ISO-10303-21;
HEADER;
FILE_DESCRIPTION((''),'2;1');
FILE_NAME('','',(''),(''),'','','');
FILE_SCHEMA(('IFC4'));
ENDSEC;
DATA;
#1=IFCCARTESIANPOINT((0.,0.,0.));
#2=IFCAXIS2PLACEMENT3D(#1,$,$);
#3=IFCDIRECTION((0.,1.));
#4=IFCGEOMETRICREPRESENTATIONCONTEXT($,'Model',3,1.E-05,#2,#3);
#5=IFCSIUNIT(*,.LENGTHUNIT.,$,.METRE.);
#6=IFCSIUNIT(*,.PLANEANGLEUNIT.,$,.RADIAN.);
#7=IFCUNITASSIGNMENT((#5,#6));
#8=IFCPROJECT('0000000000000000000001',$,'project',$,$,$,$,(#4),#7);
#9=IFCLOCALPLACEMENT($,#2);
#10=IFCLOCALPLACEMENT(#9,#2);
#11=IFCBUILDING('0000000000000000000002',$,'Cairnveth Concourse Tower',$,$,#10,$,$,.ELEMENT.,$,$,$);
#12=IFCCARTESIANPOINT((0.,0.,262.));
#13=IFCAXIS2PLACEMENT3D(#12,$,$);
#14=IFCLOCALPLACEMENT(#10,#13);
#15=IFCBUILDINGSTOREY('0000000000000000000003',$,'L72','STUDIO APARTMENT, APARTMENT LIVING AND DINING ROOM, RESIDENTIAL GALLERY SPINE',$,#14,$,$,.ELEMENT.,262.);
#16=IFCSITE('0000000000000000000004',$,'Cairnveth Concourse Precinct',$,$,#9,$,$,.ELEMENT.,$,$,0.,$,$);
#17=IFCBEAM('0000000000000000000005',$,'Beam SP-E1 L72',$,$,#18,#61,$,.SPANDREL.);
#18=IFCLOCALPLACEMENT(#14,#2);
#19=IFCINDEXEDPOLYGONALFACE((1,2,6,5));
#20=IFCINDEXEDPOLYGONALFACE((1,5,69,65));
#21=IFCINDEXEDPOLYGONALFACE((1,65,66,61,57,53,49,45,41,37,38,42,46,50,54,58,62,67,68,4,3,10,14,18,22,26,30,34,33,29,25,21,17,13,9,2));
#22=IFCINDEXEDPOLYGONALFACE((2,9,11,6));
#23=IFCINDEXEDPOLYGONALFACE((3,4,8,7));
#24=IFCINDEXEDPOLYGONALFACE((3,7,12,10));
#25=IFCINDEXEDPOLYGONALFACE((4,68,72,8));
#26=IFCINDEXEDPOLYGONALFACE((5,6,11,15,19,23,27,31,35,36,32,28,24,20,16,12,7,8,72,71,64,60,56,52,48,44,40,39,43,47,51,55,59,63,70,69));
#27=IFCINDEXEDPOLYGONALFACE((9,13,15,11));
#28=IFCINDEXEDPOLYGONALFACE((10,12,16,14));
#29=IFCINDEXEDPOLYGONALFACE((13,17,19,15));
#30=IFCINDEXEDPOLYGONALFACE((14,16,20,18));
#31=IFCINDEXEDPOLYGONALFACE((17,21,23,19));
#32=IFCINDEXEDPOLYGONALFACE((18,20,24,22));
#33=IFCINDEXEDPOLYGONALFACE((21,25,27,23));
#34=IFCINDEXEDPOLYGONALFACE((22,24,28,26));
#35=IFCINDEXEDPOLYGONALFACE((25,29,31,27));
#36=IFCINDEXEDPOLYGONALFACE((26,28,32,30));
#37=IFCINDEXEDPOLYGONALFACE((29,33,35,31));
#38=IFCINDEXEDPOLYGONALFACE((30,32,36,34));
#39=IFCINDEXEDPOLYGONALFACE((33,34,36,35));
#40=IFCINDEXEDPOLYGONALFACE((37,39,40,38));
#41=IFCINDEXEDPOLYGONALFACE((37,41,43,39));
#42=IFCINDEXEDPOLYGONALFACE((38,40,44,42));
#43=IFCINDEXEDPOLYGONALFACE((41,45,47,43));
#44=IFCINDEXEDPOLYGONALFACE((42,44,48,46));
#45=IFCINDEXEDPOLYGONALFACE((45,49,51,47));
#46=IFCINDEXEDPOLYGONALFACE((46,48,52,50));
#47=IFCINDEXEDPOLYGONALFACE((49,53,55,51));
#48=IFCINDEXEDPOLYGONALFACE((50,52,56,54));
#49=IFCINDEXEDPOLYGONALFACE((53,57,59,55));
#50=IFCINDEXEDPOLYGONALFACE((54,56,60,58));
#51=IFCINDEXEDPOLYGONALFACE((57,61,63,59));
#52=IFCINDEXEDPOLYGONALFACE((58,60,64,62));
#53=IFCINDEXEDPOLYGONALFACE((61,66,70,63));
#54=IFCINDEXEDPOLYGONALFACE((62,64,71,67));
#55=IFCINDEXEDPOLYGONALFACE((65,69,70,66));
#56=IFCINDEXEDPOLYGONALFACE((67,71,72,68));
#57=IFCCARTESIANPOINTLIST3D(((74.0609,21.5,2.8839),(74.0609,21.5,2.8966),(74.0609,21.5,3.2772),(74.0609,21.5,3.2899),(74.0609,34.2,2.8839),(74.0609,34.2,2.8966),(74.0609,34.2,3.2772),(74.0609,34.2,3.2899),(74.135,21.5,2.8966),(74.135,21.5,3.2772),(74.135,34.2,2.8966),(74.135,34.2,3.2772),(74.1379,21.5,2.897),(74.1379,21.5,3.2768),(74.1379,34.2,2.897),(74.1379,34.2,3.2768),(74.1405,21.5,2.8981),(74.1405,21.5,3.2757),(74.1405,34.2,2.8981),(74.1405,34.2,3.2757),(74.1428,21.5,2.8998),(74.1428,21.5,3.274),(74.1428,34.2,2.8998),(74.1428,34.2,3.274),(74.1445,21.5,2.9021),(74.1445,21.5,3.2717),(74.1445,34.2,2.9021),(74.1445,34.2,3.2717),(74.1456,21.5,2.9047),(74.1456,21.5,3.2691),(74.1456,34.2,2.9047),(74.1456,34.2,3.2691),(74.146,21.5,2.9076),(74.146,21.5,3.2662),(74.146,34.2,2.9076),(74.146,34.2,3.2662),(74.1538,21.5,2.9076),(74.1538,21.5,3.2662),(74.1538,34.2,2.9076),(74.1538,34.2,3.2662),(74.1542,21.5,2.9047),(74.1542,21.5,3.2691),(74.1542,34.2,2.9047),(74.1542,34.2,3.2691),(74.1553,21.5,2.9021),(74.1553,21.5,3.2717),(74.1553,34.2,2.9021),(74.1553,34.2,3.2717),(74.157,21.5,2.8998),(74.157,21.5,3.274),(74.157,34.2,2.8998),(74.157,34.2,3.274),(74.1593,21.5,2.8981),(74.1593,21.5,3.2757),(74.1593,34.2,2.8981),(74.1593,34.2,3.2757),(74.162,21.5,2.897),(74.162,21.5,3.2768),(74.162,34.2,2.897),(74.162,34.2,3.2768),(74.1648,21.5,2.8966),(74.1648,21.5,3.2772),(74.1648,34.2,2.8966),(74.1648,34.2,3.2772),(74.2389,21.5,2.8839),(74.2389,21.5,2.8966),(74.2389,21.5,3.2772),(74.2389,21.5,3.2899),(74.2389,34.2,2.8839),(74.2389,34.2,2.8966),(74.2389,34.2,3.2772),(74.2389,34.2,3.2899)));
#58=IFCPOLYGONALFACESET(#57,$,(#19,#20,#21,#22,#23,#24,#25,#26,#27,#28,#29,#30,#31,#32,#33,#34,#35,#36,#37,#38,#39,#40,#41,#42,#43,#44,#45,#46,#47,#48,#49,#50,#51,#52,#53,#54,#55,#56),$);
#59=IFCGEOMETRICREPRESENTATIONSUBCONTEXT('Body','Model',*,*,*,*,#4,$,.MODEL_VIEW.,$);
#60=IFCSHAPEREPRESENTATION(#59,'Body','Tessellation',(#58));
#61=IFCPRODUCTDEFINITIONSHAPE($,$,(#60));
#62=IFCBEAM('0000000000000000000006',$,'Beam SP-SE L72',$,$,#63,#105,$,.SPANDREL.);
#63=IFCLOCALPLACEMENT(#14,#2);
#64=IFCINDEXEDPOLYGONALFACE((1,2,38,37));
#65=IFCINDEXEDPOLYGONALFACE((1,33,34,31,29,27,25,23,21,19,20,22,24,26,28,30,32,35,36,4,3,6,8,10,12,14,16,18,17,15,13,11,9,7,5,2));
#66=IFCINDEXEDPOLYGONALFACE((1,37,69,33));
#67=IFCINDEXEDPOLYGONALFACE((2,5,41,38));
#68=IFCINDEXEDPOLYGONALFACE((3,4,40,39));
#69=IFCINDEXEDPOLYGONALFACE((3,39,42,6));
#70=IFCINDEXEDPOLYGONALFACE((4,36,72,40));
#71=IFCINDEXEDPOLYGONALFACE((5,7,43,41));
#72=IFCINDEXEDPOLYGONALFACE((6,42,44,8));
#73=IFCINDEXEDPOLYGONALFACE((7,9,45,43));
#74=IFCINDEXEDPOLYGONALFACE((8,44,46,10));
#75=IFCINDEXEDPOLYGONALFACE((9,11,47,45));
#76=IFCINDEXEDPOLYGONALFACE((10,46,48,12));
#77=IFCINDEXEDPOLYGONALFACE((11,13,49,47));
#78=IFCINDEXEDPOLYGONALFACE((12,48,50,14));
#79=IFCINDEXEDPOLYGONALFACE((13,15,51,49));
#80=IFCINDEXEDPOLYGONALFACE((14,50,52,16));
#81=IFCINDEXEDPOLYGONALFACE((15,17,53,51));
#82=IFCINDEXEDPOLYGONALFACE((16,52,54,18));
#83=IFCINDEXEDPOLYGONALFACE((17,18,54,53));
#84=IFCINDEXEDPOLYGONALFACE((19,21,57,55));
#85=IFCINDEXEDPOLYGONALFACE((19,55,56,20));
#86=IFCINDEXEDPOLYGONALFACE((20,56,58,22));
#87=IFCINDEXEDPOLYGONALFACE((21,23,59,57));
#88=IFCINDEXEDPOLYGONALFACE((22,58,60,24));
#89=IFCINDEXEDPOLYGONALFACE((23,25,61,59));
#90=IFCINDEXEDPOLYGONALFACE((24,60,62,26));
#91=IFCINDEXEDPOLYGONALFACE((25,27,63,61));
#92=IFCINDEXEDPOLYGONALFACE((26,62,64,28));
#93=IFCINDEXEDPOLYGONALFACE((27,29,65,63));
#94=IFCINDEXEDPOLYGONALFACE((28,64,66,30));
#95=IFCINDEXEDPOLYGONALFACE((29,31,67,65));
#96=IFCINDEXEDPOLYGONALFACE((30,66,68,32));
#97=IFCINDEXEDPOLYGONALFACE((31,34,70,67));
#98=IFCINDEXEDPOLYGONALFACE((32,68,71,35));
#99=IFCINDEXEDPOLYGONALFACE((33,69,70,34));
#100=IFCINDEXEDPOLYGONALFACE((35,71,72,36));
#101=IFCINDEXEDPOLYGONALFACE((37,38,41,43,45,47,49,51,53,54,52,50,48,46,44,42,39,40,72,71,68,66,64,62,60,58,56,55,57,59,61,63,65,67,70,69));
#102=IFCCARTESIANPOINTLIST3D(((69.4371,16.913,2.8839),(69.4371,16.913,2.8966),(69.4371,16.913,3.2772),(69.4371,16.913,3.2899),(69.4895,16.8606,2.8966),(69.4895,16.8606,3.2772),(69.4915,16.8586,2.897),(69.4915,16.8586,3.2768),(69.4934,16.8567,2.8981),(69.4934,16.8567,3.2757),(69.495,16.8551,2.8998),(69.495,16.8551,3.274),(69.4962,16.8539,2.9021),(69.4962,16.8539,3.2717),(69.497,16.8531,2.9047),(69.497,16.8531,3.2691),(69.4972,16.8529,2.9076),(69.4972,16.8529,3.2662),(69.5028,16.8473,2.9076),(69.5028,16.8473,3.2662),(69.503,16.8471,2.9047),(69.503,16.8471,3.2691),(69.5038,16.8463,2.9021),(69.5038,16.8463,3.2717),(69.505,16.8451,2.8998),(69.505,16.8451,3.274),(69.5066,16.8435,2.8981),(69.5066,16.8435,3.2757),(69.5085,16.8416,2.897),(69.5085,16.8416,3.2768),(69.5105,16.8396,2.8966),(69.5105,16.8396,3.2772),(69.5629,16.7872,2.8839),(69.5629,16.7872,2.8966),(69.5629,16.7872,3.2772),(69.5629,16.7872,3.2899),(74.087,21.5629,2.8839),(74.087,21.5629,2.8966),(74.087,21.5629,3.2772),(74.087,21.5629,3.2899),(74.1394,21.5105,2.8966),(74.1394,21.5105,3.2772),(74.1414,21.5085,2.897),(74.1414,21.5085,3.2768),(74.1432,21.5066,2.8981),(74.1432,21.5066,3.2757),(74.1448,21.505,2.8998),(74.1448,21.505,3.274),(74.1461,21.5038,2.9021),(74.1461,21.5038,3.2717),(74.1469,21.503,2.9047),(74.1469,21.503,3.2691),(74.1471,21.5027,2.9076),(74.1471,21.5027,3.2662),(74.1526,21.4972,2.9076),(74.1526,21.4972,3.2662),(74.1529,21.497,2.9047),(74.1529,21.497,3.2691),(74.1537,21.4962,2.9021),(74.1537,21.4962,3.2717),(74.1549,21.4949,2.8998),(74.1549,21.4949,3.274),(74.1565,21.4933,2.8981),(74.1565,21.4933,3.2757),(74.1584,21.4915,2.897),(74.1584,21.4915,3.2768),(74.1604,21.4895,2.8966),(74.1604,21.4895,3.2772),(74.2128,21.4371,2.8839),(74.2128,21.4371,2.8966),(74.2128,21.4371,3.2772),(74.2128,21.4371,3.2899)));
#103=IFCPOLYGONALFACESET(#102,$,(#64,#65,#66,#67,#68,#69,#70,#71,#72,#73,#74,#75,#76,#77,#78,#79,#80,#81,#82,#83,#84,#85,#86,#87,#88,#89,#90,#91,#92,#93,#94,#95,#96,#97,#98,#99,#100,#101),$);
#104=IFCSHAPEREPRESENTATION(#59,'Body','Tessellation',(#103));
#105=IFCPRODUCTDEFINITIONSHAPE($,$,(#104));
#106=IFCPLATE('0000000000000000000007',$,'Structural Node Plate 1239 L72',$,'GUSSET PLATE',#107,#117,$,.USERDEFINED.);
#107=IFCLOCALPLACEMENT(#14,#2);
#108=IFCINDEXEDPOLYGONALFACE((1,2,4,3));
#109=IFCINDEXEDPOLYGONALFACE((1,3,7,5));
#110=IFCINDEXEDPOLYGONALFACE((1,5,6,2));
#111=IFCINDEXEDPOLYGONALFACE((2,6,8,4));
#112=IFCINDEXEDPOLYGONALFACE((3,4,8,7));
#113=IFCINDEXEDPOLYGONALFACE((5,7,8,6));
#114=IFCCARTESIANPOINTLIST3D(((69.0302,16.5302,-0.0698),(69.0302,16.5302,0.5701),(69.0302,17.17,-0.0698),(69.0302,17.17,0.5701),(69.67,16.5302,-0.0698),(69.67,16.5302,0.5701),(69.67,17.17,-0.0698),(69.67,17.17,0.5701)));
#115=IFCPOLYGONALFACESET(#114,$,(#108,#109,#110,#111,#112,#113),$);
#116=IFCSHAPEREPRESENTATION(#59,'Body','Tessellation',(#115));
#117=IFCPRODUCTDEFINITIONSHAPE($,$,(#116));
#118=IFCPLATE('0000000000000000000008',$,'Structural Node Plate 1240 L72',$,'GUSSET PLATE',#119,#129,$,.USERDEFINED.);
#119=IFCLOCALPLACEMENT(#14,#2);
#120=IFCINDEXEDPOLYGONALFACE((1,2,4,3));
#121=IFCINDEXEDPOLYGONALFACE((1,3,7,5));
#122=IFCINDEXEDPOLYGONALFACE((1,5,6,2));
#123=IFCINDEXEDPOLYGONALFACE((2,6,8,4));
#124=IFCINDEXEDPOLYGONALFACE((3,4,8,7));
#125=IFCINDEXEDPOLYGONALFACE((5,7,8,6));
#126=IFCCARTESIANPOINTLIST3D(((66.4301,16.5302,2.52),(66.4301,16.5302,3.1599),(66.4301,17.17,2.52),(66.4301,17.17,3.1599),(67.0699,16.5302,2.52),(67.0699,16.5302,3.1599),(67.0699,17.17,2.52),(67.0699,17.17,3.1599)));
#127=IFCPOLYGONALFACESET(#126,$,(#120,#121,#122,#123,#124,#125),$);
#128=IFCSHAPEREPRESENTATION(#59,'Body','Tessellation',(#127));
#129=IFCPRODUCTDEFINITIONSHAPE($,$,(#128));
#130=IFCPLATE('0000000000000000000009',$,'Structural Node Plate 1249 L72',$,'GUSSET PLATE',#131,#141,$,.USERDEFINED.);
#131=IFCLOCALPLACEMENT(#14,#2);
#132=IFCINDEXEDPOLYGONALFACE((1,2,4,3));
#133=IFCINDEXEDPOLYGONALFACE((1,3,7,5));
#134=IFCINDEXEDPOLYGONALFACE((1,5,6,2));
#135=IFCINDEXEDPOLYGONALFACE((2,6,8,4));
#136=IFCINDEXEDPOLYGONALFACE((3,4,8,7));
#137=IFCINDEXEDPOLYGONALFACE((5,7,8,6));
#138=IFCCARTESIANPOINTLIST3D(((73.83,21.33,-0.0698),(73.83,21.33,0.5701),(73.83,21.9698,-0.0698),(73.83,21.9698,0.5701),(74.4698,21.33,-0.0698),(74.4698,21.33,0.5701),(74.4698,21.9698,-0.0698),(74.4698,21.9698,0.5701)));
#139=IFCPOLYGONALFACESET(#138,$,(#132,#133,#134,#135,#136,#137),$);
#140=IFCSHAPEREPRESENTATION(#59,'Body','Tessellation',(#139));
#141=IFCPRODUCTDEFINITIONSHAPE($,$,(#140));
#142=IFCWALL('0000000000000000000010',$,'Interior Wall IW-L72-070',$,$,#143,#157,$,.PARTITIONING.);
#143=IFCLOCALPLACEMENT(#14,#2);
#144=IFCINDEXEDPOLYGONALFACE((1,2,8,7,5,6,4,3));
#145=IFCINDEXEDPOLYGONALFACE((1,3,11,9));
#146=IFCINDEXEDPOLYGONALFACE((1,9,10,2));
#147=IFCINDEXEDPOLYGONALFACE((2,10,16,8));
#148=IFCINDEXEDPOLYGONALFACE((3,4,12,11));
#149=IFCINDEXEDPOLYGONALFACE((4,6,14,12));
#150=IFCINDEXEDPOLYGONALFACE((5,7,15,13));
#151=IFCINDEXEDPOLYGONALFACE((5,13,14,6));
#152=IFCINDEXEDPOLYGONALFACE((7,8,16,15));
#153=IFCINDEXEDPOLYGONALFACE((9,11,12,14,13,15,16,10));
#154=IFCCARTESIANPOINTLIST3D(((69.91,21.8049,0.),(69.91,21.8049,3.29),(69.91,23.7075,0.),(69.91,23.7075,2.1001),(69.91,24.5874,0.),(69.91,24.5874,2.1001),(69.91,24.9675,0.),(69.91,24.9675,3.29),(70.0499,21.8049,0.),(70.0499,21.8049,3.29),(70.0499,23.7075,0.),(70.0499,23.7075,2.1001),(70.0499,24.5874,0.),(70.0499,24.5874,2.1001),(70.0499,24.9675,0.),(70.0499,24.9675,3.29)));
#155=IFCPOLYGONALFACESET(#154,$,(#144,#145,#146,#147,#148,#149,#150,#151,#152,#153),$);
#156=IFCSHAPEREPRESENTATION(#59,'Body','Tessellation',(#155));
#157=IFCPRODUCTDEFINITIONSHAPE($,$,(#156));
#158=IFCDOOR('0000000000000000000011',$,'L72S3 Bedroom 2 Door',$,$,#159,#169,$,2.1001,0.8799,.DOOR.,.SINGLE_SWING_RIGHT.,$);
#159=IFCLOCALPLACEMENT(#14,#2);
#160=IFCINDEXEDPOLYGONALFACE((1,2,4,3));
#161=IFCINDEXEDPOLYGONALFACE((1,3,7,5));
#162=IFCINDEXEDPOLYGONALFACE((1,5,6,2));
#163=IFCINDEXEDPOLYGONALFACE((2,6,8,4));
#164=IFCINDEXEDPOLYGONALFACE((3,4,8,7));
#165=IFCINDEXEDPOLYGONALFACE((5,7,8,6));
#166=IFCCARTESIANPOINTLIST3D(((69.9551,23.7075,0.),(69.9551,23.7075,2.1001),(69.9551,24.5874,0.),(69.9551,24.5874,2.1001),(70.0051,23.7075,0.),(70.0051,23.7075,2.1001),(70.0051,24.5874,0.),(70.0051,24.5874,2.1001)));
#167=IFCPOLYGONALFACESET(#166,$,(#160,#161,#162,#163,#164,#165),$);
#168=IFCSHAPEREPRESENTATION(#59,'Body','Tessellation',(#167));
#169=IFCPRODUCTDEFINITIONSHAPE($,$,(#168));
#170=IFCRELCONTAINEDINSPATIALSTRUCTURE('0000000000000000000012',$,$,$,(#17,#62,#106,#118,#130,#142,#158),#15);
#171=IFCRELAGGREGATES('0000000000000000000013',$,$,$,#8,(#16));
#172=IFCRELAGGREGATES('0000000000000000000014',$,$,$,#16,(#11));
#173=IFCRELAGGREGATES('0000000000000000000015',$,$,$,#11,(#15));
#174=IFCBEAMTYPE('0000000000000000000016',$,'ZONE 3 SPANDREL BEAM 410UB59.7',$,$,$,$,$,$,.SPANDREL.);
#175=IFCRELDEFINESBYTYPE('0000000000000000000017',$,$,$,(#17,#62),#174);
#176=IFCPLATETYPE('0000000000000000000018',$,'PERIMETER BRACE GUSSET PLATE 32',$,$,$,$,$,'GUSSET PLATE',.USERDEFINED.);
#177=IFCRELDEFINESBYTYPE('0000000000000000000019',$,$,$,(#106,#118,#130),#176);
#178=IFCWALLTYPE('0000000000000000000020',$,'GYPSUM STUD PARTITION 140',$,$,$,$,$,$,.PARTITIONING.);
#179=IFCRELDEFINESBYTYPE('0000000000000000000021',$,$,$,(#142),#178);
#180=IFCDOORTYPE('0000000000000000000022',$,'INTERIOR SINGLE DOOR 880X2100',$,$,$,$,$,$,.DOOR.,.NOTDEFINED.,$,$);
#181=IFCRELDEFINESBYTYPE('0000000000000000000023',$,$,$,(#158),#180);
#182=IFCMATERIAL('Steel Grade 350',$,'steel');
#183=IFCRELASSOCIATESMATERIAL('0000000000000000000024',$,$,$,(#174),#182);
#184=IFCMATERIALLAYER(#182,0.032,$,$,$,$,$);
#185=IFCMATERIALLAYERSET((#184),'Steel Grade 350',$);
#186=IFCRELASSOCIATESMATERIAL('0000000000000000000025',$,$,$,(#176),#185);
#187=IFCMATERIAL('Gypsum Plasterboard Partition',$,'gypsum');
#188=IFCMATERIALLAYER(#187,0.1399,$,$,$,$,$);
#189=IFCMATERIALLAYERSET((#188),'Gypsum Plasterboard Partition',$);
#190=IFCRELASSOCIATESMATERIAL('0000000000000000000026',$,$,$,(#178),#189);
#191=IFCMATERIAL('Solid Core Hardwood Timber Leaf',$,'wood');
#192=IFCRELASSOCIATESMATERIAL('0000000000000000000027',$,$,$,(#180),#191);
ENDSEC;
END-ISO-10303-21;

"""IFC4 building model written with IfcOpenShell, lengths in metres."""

from ifc_helpers import new_model, si_unit, direction, frame, frame_2d, origin, origin_2d, place, context, subcontext, project, spatial, rectangle, i_section, extrude, material, layer, layer_set, material_profile, profile_set, type_object, element, fill, save


model = new_model("IFC4")

# Units and contexts
model_context = context("Model", 3, precision=1e-05, world=origin(), true_north=direction((0.0, 1.0)))
body_context = subcontext(model_context, "Body", "Model", "MODEL_VIEW")
ifc_project = project(units=[si_unit("LENGTHUNIT", "METRE"), si_unit("PLANEANGLEUNIT", "RADIAN")], contexts=[model_context])

# Site, building, storey
site_placement = place(None, origin())
site = spatial("IfcSite", under=ifc_project, at=site_placement, Name="Cairnveth Concourse Precinct", CompositionType="ELEMENT", RefElevation=0.0)
building_placement = place(site_placement, origin())
building = spatial("IfcBuilding", under=site, at=building_placement, Name="Cairnveth Concourse Tower", CompositionType="ELEMENT")
storey_placement = place(building_placement, frame((0.0, 0.0, 262.0)))
storey = spatial("IfcBuildingStorey", under=building, at=storey_placement, Name="L72", Description="STUDIO APARTMENT, APARTMENT LIVING AND DINING ROOM, RESIDENTIAL GALLERY SPINE", CompositionType="ELEMENT", Elevation=262.0)

# Shared definitions
ifc_material_1 = material(Name="Steel Grade 350", Category="steel")

# Beams
ifc_material_profile_1 = material_profile(ifc_material_1, i_section(OverallWidth=0.178, OverallDepth=0.406, WebThickness=0.0078, FlangeThickness=0.0127, FilletRadius=0.011, at=origin_2d()), Name="410UB59.7")
ifc_profile_set_1 = profile_set([ifc_material_profile_1], Name="Steel Grade 350")
beam_type_1 = type_object("IfcBeamType", Name="ZONE 3 SPANDREL BEAM 410UB59.7", PredefinedType="SPANDREL", material=ifc_profile_set_1)
beam_1_placement = place(storey_placement, frame((74.1499, 21.5, 3.0869), z_axis=(0.0, 1.0, 0.0), x_axis=(-1.0, 0.0, 0.0)))
element("IfcBeam", 1, at=beam_1_placement, inside=storey, type_object=beam_type_1, Name="Beam SP-E1 L72", PredefinedType="SPANDREL", context=body_context, shape_type="SweptSolid", body=[
    extrude(i_section(OverallWidth=0.178, OverallDepth=0.406, WebThickness=0.0078, FlangeThickness=0.0127, FilletRadius=0.011, at=origin_2d()), origin(), (0.0, 0.0, 1.0), 12.7),
])
beam_2_placement = place(storey_placement, frame((69.5, 16.8501, 3.0869), z_axis=(0.707107, 0.707107, 0.0), x_axis=(-0.707107, 0.707107, 0.0)))
element("IfcBeam", 2, at=beam_2_placement, inside=storey, type_object=beam_type_1, Name="Beam SP-SE L72", PredefinedType="SPANDREL", context=body_context, shape_type="SweptSolid", body=[
    extrude(i_section(OverallWidth=0.178, OverallDepth=0.406, WebThickness=0.0078, FlangeThickness=0.0127, FilletRadius=0.011, at=origin_2d()), origin(), (0.0, 0.0, 1.0), 6.5759),
])

# Plates
ifc_layer_1 = layer(ifc_material_1, 0.032)
ifc_layer_set_1 = layer_set([ifc_layer_1], Name="Steel Grade 350")
plate_type = type_object("IfcPlateType", Name="PERIMETER BRACE GUSSET PLATE 32", ElementType="GUSSET PLATE", PredefinedType="USERDEFINED", material=ifc_layer_set_1)
for number, where, z_axis, x_axis, name in (
    (3, (69.3501, 16.8501, -0.0698), (0.0, 0.0, 1.0), (1.0, 0.0, 0.0), "Structural Node Plate 1239 L72"),
    (4, (66.75, 16.8501, 2.52), (0.0, 0.0, 1.0), (1.0, 0.0, 0.0), "Structural Node Plate 1240 L72"),
    (5, (74.1499, 21.6499, -0.0698), (0.0, 0.0, 1.0), (1.0, 0.0, 0.0), "Structural Node Plate 1249 L72"),
):
    element("IfcPlate", number, at=place(storey_placement, frame(where, z_axis=z_axis, x_axis=x_axis)), inside=storey, type_object=plate_type, Name=name, ObjectType="GUSSET PLATE", PredefinedType="USERDEFINED", context=body_context, shape_type="SweptSolid", body=[
        extrude(rectangle(XDim=0.6399, YDim=0.6399, at=origin_2d()), origin(), (0.0, 0.0, 1.0), 0.6399),
    ])

# Wall, opening, door
ifc_material_2 = material(Name="Gypsum Plasterboard Partition", Category="gypsum")
ifc_layer_2 = layer(ifc_material_2, 0.1399)
ifc_layer_set_2 = layer_set([ifc_layer_2], Name="Gypsum Plasterboard Partition")
wall_type_1 = type_object("IfcWallType", Name="GYPSUM STUD PARTITION 140", PredefinedType="PARTITIONING", material=ifc_layer_set_2)
wall_1_placement = place(storey_placement, frame((69.98, 21.8049, 0.0), z_axis=(0.0, 0.0, 1.0), x_axis=(0.0, 1.0, 0.0)))
wall_1 = element("IfcWall", 6, at=wall_1_placement, inside=storey, type_object=wall_type_1, Name="Interior Wall IW-L72-070", PredefinedType="PARTITIONING", context=body_context, shape_type="SweptSolid", body=[
    extrude(rectangle(XDim=3.1626, YDim=0.1399, at=frame_2d((1.5813, 0.0))), origin(), (0.0, 0.0, 1.0), 3.29),
])
opening_1_placement = place(wall_1_placement, frame((1.9026, 0.0, 0.0)))
opening_1 = element("IfcOpeningElement", 7, at=opening_1_placement, cuts=wall_1, PredefinedType="OPENING", context=body_context, shape_type="SweptSolid", body=[
    extrude(rectangle(XDim=0.8799, YDim=2.1001, at=frame_2d((0.4399, 1.05))), frame((0.0, 0.0798, 0.0), z_axis=(0.0, -1.0, 0.0), x_axis=(1.0, 0.0, 0.0)), (0.0, 0.0, 1.0), 0.1599),
])
ifc_material_3 = material(Name="Solid Core Hardwood Timber Leaf", Category="wood")
door_type = type_object("IfcDoorType", Name="INTERIOR SINGLE DOOR 880X2100", OperationType="NOTDEFINED", PredefinedType="DOOR", material=ifc_material_3)
door_placement = place(opening_1_placement, origin())
door = element("IfcDoor", 8, at=door_placement, inside=storey, type_object=door_type, Name="L72S3 Bedroom 2 Door", OperationType="SINGLE_SWING_RIGHT", OverallHeight=2.1001, OverallWidth=0.8799, PredefinedType="DOOR", context=body_context, shape_type="SweptSolid", body=[
    extrude(rectangle(XDim=0.8799, YDim=2.1001, at=frame_2d((0.4399, 1.05))), frame((0.0, 0.0249, 0.0), z_axis=(0.0, -1.0, 0.0), x_axis=(1.0, 0.0, 0.0)), (0.0, 0.0, 1.0), 0.05),
])
fill(opening_1, door)

save(model, "model.ifc")
